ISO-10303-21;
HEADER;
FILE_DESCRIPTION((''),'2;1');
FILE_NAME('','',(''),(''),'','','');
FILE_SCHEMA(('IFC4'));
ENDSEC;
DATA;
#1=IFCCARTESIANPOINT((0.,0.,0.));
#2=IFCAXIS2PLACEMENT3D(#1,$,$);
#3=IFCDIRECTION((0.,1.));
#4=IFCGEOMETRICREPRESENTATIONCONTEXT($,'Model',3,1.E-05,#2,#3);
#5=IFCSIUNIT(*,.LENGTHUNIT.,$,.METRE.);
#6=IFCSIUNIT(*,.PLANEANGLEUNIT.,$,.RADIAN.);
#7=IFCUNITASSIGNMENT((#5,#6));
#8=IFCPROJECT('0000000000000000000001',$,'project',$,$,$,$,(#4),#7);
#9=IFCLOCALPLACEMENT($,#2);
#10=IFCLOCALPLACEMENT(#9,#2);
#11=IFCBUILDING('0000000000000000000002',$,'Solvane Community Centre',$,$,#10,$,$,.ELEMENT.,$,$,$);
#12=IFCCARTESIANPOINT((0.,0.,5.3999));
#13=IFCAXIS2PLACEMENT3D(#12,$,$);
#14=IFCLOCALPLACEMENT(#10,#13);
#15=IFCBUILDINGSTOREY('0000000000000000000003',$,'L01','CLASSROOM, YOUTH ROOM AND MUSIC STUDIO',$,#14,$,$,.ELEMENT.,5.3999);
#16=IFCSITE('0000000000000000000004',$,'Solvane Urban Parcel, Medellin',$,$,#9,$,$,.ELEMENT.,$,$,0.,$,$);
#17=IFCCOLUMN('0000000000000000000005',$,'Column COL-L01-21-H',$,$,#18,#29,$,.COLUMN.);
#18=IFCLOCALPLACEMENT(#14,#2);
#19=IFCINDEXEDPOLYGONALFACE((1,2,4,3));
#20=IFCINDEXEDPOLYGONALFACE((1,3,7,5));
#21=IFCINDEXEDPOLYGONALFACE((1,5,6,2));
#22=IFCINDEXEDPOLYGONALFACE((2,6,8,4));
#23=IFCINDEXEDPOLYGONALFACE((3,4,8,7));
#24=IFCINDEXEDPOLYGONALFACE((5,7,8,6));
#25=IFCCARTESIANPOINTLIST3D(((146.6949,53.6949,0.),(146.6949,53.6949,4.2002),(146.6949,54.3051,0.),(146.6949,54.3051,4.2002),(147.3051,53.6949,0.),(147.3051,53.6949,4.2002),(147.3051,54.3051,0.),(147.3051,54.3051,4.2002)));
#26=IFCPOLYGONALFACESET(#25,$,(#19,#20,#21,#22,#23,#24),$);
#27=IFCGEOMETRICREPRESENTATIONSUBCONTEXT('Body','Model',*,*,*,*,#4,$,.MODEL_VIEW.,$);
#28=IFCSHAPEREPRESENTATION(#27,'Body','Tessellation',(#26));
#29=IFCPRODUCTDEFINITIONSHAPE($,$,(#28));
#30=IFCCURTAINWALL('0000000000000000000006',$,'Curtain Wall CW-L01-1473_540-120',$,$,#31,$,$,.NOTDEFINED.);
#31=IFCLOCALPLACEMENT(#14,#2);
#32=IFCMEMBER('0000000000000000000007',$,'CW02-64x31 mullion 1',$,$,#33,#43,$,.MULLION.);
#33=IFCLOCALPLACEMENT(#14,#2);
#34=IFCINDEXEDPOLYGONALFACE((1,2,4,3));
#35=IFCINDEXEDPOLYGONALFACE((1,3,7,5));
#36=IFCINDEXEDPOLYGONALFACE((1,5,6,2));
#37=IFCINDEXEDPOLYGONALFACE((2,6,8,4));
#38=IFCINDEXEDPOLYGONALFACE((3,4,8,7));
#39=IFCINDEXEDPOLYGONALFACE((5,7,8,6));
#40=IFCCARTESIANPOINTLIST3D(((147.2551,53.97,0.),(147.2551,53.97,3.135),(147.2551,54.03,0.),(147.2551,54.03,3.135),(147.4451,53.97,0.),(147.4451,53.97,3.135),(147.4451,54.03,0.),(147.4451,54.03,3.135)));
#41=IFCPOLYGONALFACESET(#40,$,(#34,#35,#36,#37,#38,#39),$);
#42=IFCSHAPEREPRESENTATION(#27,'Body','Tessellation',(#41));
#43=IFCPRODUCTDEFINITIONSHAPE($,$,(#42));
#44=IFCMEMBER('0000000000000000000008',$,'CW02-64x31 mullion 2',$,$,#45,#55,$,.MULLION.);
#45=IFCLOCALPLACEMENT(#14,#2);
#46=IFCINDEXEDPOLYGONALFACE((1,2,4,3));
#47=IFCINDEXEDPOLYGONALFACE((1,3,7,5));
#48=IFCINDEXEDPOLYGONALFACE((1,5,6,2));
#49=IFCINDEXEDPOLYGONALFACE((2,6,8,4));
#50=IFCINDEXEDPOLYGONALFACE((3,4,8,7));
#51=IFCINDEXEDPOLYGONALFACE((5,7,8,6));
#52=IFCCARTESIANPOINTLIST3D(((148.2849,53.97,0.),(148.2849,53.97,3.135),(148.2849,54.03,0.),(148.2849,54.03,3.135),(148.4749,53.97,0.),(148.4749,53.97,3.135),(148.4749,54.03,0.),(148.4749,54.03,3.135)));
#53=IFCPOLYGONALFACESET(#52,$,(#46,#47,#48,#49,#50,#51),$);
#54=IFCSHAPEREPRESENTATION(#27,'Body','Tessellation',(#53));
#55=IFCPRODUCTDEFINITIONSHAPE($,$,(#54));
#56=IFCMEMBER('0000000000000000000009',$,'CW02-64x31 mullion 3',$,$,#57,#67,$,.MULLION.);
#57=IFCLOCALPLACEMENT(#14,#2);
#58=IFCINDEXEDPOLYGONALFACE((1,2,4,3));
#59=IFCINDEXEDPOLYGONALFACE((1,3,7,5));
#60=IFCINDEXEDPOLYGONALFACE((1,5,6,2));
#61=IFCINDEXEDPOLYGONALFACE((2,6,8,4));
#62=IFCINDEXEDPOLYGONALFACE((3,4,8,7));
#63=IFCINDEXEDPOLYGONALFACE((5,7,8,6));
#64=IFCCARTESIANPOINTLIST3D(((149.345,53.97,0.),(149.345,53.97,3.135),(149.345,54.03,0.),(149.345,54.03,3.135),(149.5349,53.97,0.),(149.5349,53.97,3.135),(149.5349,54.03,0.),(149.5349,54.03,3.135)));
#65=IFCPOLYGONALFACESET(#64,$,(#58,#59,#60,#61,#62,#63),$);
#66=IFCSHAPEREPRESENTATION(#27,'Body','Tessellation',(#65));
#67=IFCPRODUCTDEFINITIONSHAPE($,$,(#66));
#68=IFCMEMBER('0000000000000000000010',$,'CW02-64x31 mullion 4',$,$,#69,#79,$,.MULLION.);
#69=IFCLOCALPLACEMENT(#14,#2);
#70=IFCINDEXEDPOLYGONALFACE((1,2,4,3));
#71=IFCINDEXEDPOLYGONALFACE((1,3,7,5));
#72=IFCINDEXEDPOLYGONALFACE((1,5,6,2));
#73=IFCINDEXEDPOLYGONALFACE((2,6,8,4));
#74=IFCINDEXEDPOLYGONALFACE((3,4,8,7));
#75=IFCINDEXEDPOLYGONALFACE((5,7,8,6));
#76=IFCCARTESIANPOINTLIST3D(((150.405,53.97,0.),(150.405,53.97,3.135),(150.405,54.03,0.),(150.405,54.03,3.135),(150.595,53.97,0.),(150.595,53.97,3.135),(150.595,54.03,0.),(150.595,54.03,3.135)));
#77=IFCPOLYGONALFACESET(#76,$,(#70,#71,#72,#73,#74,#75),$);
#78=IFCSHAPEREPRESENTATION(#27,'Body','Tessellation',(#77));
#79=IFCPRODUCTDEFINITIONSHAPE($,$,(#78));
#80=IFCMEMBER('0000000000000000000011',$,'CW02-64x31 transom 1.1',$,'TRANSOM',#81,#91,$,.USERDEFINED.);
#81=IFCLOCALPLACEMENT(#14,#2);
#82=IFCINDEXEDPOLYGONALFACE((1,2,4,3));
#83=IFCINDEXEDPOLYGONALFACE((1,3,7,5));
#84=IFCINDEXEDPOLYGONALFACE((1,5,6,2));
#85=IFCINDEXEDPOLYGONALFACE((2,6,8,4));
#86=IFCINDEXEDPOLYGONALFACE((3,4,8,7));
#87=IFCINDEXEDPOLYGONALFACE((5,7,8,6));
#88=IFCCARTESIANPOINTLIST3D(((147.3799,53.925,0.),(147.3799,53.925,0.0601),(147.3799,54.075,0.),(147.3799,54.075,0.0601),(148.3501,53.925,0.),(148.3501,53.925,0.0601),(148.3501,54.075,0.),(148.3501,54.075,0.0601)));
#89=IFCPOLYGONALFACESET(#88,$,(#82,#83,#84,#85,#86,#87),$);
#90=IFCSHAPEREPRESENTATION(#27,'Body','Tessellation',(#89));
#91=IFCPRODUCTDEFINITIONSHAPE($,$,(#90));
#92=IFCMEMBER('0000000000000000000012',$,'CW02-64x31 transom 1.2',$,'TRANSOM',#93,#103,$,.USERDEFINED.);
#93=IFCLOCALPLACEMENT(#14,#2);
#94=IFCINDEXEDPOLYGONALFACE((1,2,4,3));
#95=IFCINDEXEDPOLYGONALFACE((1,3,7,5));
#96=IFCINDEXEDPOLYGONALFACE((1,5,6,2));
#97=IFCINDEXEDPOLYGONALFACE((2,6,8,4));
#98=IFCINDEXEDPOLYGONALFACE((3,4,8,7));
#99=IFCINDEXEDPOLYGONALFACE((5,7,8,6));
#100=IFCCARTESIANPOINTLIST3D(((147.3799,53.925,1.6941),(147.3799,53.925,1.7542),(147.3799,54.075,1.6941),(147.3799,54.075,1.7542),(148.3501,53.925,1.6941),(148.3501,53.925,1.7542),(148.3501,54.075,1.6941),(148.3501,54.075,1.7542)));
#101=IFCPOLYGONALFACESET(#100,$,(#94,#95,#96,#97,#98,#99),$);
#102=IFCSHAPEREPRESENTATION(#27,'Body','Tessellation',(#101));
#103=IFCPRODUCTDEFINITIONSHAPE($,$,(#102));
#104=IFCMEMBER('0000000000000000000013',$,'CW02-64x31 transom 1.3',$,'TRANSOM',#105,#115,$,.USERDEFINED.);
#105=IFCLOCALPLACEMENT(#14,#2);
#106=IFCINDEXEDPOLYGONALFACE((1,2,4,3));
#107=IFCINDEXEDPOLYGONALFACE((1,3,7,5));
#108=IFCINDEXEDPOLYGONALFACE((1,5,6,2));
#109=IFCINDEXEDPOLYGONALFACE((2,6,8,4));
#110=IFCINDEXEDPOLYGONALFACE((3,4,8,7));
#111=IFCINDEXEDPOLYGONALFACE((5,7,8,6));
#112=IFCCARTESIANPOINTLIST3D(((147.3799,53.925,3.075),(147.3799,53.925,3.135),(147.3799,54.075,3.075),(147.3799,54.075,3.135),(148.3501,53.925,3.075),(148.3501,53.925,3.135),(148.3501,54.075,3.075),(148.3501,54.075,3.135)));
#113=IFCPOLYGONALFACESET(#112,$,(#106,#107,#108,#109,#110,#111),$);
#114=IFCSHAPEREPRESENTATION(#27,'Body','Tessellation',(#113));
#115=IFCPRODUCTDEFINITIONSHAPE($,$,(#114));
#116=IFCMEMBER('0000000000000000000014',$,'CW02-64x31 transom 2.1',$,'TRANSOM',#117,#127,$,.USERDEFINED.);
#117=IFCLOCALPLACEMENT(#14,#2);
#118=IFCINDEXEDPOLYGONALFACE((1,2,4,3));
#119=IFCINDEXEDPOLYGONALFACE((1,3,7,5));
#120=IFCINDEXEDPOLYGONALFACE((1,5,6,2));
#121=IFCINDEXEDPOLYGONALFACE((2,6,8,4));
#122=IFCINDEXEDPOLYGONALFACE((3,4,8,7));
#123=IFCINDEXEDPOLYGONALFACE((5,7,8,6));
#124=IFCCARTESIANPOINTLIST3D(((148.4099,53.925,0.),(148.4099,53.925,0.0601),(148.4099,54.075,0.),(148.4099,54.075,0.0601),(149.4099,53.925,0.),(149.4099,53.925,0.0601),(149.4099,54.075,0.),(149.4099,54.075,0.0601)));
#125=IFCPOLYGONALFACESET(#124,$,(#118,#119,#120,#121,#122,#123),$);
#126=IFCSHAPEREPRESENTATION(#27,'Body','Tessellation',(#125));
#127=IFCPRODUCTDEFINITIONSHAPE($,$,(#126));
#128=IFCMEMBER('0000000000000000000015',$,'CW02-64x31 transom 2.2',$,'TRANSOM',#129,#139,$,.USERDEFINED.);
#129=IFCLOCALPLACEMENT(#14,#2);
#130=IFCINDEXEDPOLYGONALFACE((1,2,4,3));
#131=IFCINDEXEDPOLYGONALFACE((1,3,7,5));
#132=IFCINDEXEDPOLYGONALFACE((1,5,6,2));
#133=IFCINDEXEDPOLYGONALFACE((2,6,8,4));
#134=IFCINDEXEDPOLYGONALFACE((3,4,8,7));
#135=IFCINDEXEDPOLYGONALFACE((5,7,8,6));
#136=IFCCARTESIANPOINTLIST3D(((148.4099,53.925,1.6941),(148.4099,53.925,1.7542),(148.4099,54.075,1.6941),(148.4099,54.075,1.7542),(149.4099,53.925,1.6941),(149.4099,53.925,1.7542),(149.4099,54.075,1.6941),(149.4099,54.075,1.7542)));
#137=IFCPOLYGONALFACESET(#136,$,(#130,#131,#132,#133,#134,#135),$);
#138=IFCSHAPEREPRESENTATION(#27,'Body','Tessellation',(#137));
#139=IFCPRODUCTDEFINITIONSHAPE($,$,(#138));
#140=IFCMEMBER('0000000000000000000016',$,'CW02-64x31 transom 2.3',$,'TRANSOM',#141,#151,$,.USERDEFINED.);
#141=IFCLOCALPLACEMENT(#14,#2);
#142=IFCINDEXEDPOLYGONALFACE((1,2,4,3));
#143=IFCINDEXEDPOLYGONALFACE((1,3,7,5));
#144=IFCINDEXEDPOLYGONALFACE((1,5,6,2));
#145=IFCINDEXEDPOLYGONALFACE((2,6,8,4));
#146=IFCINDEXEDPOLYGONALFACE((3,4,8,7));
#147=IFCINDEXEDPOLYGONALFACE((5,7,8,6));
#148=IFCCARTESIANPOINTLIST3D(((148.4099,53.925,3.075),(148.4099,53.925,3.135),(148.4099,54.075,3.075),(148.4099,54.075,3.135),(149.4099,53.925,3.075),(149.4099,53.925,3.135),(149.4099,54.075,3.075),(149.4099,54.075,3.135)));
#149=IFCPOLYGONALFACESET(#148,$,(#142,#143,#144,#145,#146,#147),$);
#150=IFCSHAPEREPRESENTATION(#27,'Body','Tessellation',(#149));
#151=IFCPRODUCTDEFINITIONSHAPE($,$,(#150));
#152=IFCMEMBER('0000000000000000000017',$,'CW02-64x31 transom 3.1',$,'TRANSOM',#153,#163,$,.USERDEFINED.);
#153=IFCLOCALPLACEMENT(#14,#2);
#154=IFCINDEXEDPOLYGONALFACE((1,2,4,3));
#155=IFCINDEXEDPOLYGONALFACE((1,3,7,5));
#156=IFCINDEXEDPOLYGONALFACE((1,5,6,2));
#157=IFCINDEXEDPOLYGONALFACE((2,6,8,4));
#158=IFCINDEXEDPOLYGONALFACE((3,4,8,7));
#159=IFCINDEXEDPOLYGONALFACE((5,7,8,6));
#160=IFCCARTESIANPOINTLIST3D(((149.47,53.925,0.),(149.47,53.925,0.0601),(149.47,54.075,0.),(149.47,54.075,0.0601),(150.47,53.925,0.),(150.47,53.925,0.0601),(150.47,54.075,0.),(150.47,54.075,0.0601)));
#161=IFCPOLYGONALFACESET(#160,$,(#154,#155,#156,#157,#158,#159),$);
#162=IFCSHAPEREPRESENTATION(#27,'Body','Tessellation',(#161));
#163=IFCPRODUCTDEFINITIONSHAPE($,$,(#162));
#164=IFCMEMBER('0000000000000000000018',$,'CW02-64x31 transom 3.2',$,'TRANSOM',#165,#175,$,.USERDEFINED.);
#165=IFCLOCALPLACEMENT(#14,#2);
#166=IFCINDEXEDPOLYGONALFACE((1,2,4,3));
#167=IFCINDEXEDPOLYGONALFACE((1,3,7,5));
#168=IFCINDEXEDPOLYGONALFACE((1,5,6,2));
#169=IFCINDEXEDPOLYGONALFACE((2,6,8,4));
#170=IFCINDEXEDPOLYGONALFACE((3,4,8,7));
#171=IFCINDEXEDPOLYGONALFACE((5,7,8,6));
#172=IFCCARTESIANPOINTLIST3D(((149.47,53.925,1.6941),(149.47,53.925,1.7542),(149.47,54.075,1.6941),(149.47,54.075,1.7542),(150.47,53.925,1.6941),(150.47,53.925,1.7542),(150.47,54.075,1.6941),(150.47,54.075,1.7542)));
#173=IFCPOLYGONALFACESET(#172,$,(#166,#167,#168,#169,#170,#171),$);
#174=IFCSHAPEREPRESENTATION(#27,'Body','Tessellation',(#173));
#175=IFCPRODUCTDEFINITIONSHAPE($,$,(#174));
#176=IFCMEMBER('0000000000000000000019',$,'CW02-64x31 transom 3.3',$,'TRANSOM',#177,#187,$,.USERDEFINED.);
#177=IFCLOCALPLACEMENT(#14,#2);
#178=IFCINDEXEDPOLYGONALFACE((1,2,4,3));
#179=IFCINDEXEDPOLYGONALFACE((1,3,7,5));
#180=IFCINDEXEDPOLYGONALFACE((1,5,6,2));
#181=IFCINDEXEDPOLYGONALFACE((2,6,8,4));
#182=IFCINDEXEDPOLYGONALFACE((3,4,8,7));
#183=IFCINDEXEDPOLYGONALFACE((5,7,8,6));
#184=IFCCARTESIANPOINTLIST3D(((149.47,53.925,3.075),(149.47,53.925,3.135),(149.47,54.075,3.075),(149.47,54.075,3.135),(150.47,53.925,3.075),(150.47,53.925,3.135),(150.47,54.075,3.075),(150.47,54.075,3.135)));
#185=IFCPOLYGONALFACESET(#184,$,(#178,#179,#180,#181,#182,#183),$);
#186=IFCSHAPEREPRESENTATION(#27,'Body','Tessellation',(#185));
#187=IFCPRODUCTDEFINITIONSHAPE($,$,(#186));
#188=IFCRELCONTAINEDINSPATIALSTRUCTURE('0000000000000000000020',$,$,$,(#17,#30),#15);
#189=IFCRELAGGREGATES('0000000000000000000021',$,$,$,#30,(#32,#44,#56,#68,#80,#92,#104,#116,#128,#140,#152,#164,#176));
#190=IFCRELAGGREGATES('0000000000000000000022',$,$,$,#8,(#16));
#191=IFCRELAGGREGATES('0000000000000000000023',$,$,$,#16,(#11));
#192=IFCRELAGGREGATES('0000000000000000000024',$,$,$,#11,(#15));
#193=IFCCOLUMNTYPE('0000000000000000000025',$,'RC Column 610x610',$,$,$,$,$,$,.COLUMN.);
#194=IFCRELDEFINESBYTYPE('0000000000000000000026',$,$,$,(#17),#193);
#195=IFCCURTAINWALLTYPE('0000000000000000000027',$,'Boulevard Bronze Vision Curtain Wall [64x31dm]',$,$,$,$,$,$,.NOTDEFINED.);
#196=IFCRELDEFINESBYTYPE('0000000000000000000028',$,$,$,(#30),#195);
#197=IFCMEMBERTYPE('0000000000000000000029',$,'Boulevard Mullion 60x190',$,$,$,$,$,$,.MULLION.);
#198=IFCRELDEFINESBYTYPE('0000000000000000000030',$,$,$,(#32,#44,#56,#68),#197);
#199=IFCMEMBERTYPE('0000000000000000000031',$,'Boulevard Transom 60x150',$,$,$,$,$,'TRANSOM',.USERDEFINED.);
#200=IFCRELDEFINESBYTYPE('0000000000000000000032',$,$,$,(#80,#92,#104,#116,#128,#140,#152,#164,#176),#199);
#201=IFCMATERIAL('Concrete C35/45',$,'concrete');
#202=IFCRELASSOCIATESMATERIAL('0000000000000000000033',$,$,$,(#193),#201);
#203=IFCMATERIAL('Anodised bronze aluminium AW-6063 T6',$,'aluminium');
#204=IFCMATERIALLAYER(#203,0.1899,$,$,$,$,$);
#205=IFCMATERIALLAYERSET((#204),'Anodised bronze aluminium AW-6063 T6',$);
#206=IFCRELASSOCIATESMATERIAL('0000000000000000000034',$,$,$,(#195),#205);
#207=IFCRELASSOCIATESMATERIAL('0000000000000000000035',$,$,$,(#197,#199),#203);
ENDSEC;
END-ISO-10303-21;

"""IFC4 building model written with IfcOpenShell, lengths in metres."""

from ifc_helpers import new_model, si_unit, direction, frame, origin, origin_2d, place, context, subcontext, project, spatial, rectangle, extrude, material, layer, layer_set, material_profile, profile_set, type_object, element, aggregate, save


model = new_model("IFC4")

# Units and contexts
model_context = context("Model", 3, precision=1e-05, world=origin(), true_north=direction((0.0, 1.0)))
body_context = subcontext(model_context, "Body", "Model", "MODEL_VIEW")
ifc_project = project(units=[si_unit("LENGTHUNIT", "METRE"), si_unit("PLANEANGLEUNIT", "RADIAN")], contexts=[model_context])

# Site, building, storey
site_placement = place(None, origin())
site = spatial("IfcSite", under=ifc_project, at=site_placement, Name="Solvane Urban Parcel, Medellin", CompositionType="ELEMENT", RefElevation=0.0)
building_placement = place(site_placement, origin())
building = spatial("IfcBuilding", under=site, at=building_placement, Name="Solvane Community Centre", CompositionType="ELEMENT")
storey_placement = place(building_placement, frame((0.0, 0.0, 5.3999)))
storey = spatial("IfcBuildingStorey", under=building, at=storey_placement, Name="L01", Description="CLASSROOM, YOUTH ROOM AND MUSIC STUDIO", CompositionType="ELEMENT", Elevation=5.3999)

# Column
ifc_material_1 = material(Name="Concrete C35/45", Category="concrete")
ifc_material_profile_1 = material_profile(ifc_material_1, rectangle(XDim=0.6101, YDim=0.6101, at=origin_2d()), Name="RC 610x610")
ifc_profile_set_1 = profile_set([ifc_material_profile_1], Name="Concrete C35/45")
column_type = type_object("IfcColumnType", Name="RC Column 610x610", PredefinedType="COLUMN", material=ifc_profile_set_1)
column_placement = place(storey_placement, frame((147.0, 54.0, 0.0), z_axis=(0.0, 0.0, 1.0), x_axis=(1.0, 0.0, 0.0)))
element("IfcColumn", 1, at=column_placement, inside=storey, type_object=column_type, Name="Column COL-L01-21-H", PredefinedType="COLUMN", context=body_context, shape_type="SweptSolid", body=[
    extrude(rectangle(XDim=0.6101, YDim=0.6101, at=origin_2d()), origin(), (0.0, 0.0, 1.0), 4.2002),
])

# Curtain wall, members
ifc_material_2 = material(Name="Anodised bronze aluminium AW-6063 T6", Category="aluminium")
ifc_layer_1 = layer(ifc_material_2, 0.1899)
ifc_layer_set_1 = layer_set([ifc_layer_1], Name="Anodised bronze aluminium AW-6063 T6")
curtain_wall_type = type_object("IfcCurtainWallType", Name="Boulevard Bronze Vision Curtain Wall [64x31dm]", PredefinedType="NOTDEFINED", material=ifc_layer_set_1)
curtain_wall_placement = place(storey_placement, origin())
curtain_wall = element("IfcCurtainWall", 2, at=curtain_wall_placement, inside=storey, type_object=curtain_wall_type, Name="Curtain Wall CW-L01-1473_540-120", PredefinedType="NOTDEFINED")
ifc_material_profile_2 = material_profile(ifc_material_2, rectangle(XDim=0.0601, YDim=0.1899, at=origin_2d()), Name="CW-M 60x190")
ifc_profile_set_2 = profile_set([ifc_material_profile_2], Name="Anodised bronze aluminium AW-6063 T6")
member_type_1 = type_object("IfcMemberType", Name="Boulevard Mullion 60x190", PredefinedType="MULLION", material=ifc_profile_set_2)
member_1_placement = place(storey_placement, frame((147.3501, 54.0, 0.0), z_axis=(0.0, 0.0, 1.0), x_axis=(0.0, 1.0, 0.0)))
member_1 = element("IfcMember", 3, at=member_1_placement, type_object=member_type_1, Name="CW02-64x31 mullion 1", PredefinedType="MULLION", context=body_context, shape_type="SweptSolid", body=[
    extrude(rectangle(XDim=0.0601, YDim=0.1899, at=origin_2d()), origin(), (0.0, 0.0, 1.0), 3.135),
])
member_2_placement = place(storey_placement, frame((148.3799, 54.0, 0.0), z_axis=(0.0, 0.0, 1.0), x_axis=(0.0, 1.0, 0.0)))
member_2 = element("IfcMember", 4, at=member_2_placement, type_object=member_type_1, Name="CW02-64x31 mullion 2", PredefinedType="MULLION", context=body_context, shape_type="SweptSolid", body=[
    extrude(rectangle(XDim=0.0601, YDim=0.1899, at=origin_2d()), origin(), (0.0, 0.0, 1.0), 3.135),
])
member_3_placement = place(storey_placement, frame((149.4399, 54.0, 0.0), z_axis=(0.0, 0.0, 1.0), x_axis=(0.0, 1.0, 0.0)))
member_3 = element("IfcMember", 5, at=member_3_placement, type_object=member_type_1, Name="CW02-64x31 mullion 3", PredefinedType="MULLION", context=body_context, shape_type="SweptSolid", body=[
    extrude(rectangle(XDim=0.0601, YDim=0.1899, at=origin_2d()), origin(), (0.0, 0.0, 1.0), 3.135),
])
member_4_placement = place(storey_placement, frame((150.5, 54.0, 0.0), z_axis=(0.0, 0.0, 1.0), x_axis=(0.0, 1.0, 0.0)))
member_4 = element("IfcMember", 6, at=member_4_placement, type_object=member_type_1, Name="CW02-64x31 mullion 4", PredefinedType="MULLION", context=body_context, shape_type="SweptSolid", body=[
    extrude(rectangle(XDim=0.0601, YDim=0.1899, at=origin_2d()), origin(), (0.0, 0.0, 1.0), 3.135),
])
ifc_material_profile_3 = material_profile(ifc_material_2, rectangle(XDim=0.1499, YDim=0.0601, at=origin_2d()), Name="CW-T 60x150")
ifc_profile_set_3 = profile_set([ifc_material_profile_3], Name="Anodised bronze aluminium AW-6063 T6")
member_type_2 = type_object("IfcMemberType", Name="Boulevard Transom 60x150", ElementType="TRANSOM", PredefinedType="USERDEFINED", material=ifc_profile_set_3)
member_5_placement = place(storey_placement, frame((147.3799, 54.0, 0.03), z_axis=(1.0, 0.0, 0.0), x_axis=(0.0, 1.0, 0.0)))
member_5 = element("IfcMember", 7, at=member_5_placement, type_object=member_type_2, Name="CW02-64x31 transom 1.1", ObjectType="TRANSOM", PredefinedType="USERDEFINED", context=body_context, shape_type="SweptSolid", body=[
    extrude(rectangle(XDim=0.1499, YDim=0.0601, at=origin_2d()), origin(), (0.0, 0.0, 1.0), 0.9702),
])
member_6_placement = place(storey_placement, frame((147.3799, 54.0, 1.7241), z_axis=(1.0, 0.0, 0.0), x_axis=(0.0, 1.0, 0.0)))
member_6 = element("IfcMember", 8, at=member_6_placement, type_object=member_type_2, Name="CW02-64x31 transom 1.2", ObjectType="TRANSOM", PredefinedType="USERDEFINED", context=body_context, shape_type="SweptSolid", body=[
    extrude(rectangle(XDim=0.1499, YDim=0.0601, at=origin_2d()), origin(), (0.0, 0.0, 1.0), 0.9702),
])
member_7_placement = place(storey_placement, frame((147.3799, 54.0, 3.105), z_axis=(1.0, 0.0, 0.0), x_axis=(0.0, 1.0, 0.0)))
member_7 = element("IfcMember", 9, at=member_7_placement, type_object=member_type_2, Name="CW02-64x31 transom 1.3", ObjectType="TRANSOM", PredefinedType="USERDEFINED", context=body_context, shape_type="SweptSolid", body=[
    extrude(rectangle(XDim=0.1499, YDim=0.0601, at=origin_2d()), origin(), (0.0, 0.0, 1.0), 0.9702),
])
member_8_placement = place(storey_placement, frame((148.4099, 54.0, 0.03), z_axis=(1.0, 0.0, 0.0), x_axis=(0.0, 1.0, 0.0)))
member_8 = element("IfcMember", 10, at=member_8_placement, type_object=member_type_2, Name="CW02-64x31 transom 2.1", ObjectType="TRANSOM", PredefinedType="USERDEFINED", context=body_context, shape_type="SweptSolid", body=[
    extrude(rectangle(XDim=0.1499, YDim=0.0601, at=origin_2d()), origin(), (0.0, 0.0, 1.0), 1.0),
])
member_9_placement = place(storey_placement, frame((148.4099, 54.0, 1.7241), z_axis=(1.0, 0.0, 0.0), x_axis=(0.0, 1.0, 0.0)))
member_9 = element("IfcMember", 11, at=member_9_placement, type_object=member_type_2, Name="CW02-64x31 transom 2.2", ObjectType="TRANSOM", PredefinedType="USERDEFINED", context=body_context, shape_type="SweptSolid", body=[
    extrude(rectangle(XDim=0.1499, YDim=0.0601, at=origin_2d()), origin(), (0.0, 0.0, 1.0), 1.0),
])
member_10_placement = place(storey_placement, frame((148.4099, 54.0, 3.105), z_axis=(1.0, 0.0, 0.0), x_axis=(0.0, 1.0, 0.0)))
member_10 = element("IfcMember", 12, at=member_10_placement, type_object=member_type_2, Name="CW02-64x31 transom 2.3", ObjectType="TRANSOM", PredefinedType="USERDEFINED", context=body_context, shape_type="SweptSolid", body=[
    extrude(rectangle(XDim=0.1499, YDim=0.0601, at=origin_2d()), origin(), (0.0, 0.0, 1.0), 1.0),
])
member_11_placement = place(storey_placement, frame((149.47, 54.0, 0.03), z_axis=(1.0, 0.0, 0.0), x_axis=(0.0, 1.0, 0.0)))
member_11 = element("IfcMember", 13, at=member_11_placement, type_object=member_type_2, Name="CW02-64x31 transom 3.1", ObjectType="TRANSOM", PredefinedType="USERDEFINED", context=body_context, shape_type="SweptSolid", body=[
    extrude(rectangle(XDim=0.1499, YDim=0.0601, at=origin_2d()), origin(), (0.0, 0.0, 1.0), 1.0),
])
member_12_placement = place(storey_placement, frame((149.47, 54.0, 1.7241), z_axis=(1.0, 0.0, 0.0), x_axis=(0.0, 1.0, 0.0)))
member_12 = element("IfcMember", 14, at=member_12_placement, type_object=member_type_2, Name="CW02-64x31 transom 3.2", ObjectType="TRANSOM", PredefinedType="USERDEFINED", context=body_context, shape_type="SweptSolid", body=[
    extrude(rectangle(XDim=0.1499, YDim=0.0601, at=origin_2d()), origin(), (0.0, 0.0, 1.0), 1.0),
])
member_13_placement = place(storey_placement, frame((149.47, 54.0, 3.105), z_axis=(1.0, 0.0, 0.0), x_axis=(0.0, 1.0, 0.0)))
member_13 = element("IfcMember", 15, at=member_13_placement, type_object=member_type_2, Name="CW02-64x31 transom 3.3", ObjectType="TRANSOM", PredefinedType="USERDEFINED", context=body_context, shape_type="SweptSolid", body=[
    extrude(rectangle(XDim=0.1499, YDim=0.0601, at=origin_2d()), origin(), (0.0, 0.0, 1.0), 1.0),
])

aggregate(curtain_wall, [member_1, member_2, member_3, member_4, member_5, member_6, member_7, member_8, member_9, member_10, member_11, member_12, member_13])

save(model, "model.ifc")
